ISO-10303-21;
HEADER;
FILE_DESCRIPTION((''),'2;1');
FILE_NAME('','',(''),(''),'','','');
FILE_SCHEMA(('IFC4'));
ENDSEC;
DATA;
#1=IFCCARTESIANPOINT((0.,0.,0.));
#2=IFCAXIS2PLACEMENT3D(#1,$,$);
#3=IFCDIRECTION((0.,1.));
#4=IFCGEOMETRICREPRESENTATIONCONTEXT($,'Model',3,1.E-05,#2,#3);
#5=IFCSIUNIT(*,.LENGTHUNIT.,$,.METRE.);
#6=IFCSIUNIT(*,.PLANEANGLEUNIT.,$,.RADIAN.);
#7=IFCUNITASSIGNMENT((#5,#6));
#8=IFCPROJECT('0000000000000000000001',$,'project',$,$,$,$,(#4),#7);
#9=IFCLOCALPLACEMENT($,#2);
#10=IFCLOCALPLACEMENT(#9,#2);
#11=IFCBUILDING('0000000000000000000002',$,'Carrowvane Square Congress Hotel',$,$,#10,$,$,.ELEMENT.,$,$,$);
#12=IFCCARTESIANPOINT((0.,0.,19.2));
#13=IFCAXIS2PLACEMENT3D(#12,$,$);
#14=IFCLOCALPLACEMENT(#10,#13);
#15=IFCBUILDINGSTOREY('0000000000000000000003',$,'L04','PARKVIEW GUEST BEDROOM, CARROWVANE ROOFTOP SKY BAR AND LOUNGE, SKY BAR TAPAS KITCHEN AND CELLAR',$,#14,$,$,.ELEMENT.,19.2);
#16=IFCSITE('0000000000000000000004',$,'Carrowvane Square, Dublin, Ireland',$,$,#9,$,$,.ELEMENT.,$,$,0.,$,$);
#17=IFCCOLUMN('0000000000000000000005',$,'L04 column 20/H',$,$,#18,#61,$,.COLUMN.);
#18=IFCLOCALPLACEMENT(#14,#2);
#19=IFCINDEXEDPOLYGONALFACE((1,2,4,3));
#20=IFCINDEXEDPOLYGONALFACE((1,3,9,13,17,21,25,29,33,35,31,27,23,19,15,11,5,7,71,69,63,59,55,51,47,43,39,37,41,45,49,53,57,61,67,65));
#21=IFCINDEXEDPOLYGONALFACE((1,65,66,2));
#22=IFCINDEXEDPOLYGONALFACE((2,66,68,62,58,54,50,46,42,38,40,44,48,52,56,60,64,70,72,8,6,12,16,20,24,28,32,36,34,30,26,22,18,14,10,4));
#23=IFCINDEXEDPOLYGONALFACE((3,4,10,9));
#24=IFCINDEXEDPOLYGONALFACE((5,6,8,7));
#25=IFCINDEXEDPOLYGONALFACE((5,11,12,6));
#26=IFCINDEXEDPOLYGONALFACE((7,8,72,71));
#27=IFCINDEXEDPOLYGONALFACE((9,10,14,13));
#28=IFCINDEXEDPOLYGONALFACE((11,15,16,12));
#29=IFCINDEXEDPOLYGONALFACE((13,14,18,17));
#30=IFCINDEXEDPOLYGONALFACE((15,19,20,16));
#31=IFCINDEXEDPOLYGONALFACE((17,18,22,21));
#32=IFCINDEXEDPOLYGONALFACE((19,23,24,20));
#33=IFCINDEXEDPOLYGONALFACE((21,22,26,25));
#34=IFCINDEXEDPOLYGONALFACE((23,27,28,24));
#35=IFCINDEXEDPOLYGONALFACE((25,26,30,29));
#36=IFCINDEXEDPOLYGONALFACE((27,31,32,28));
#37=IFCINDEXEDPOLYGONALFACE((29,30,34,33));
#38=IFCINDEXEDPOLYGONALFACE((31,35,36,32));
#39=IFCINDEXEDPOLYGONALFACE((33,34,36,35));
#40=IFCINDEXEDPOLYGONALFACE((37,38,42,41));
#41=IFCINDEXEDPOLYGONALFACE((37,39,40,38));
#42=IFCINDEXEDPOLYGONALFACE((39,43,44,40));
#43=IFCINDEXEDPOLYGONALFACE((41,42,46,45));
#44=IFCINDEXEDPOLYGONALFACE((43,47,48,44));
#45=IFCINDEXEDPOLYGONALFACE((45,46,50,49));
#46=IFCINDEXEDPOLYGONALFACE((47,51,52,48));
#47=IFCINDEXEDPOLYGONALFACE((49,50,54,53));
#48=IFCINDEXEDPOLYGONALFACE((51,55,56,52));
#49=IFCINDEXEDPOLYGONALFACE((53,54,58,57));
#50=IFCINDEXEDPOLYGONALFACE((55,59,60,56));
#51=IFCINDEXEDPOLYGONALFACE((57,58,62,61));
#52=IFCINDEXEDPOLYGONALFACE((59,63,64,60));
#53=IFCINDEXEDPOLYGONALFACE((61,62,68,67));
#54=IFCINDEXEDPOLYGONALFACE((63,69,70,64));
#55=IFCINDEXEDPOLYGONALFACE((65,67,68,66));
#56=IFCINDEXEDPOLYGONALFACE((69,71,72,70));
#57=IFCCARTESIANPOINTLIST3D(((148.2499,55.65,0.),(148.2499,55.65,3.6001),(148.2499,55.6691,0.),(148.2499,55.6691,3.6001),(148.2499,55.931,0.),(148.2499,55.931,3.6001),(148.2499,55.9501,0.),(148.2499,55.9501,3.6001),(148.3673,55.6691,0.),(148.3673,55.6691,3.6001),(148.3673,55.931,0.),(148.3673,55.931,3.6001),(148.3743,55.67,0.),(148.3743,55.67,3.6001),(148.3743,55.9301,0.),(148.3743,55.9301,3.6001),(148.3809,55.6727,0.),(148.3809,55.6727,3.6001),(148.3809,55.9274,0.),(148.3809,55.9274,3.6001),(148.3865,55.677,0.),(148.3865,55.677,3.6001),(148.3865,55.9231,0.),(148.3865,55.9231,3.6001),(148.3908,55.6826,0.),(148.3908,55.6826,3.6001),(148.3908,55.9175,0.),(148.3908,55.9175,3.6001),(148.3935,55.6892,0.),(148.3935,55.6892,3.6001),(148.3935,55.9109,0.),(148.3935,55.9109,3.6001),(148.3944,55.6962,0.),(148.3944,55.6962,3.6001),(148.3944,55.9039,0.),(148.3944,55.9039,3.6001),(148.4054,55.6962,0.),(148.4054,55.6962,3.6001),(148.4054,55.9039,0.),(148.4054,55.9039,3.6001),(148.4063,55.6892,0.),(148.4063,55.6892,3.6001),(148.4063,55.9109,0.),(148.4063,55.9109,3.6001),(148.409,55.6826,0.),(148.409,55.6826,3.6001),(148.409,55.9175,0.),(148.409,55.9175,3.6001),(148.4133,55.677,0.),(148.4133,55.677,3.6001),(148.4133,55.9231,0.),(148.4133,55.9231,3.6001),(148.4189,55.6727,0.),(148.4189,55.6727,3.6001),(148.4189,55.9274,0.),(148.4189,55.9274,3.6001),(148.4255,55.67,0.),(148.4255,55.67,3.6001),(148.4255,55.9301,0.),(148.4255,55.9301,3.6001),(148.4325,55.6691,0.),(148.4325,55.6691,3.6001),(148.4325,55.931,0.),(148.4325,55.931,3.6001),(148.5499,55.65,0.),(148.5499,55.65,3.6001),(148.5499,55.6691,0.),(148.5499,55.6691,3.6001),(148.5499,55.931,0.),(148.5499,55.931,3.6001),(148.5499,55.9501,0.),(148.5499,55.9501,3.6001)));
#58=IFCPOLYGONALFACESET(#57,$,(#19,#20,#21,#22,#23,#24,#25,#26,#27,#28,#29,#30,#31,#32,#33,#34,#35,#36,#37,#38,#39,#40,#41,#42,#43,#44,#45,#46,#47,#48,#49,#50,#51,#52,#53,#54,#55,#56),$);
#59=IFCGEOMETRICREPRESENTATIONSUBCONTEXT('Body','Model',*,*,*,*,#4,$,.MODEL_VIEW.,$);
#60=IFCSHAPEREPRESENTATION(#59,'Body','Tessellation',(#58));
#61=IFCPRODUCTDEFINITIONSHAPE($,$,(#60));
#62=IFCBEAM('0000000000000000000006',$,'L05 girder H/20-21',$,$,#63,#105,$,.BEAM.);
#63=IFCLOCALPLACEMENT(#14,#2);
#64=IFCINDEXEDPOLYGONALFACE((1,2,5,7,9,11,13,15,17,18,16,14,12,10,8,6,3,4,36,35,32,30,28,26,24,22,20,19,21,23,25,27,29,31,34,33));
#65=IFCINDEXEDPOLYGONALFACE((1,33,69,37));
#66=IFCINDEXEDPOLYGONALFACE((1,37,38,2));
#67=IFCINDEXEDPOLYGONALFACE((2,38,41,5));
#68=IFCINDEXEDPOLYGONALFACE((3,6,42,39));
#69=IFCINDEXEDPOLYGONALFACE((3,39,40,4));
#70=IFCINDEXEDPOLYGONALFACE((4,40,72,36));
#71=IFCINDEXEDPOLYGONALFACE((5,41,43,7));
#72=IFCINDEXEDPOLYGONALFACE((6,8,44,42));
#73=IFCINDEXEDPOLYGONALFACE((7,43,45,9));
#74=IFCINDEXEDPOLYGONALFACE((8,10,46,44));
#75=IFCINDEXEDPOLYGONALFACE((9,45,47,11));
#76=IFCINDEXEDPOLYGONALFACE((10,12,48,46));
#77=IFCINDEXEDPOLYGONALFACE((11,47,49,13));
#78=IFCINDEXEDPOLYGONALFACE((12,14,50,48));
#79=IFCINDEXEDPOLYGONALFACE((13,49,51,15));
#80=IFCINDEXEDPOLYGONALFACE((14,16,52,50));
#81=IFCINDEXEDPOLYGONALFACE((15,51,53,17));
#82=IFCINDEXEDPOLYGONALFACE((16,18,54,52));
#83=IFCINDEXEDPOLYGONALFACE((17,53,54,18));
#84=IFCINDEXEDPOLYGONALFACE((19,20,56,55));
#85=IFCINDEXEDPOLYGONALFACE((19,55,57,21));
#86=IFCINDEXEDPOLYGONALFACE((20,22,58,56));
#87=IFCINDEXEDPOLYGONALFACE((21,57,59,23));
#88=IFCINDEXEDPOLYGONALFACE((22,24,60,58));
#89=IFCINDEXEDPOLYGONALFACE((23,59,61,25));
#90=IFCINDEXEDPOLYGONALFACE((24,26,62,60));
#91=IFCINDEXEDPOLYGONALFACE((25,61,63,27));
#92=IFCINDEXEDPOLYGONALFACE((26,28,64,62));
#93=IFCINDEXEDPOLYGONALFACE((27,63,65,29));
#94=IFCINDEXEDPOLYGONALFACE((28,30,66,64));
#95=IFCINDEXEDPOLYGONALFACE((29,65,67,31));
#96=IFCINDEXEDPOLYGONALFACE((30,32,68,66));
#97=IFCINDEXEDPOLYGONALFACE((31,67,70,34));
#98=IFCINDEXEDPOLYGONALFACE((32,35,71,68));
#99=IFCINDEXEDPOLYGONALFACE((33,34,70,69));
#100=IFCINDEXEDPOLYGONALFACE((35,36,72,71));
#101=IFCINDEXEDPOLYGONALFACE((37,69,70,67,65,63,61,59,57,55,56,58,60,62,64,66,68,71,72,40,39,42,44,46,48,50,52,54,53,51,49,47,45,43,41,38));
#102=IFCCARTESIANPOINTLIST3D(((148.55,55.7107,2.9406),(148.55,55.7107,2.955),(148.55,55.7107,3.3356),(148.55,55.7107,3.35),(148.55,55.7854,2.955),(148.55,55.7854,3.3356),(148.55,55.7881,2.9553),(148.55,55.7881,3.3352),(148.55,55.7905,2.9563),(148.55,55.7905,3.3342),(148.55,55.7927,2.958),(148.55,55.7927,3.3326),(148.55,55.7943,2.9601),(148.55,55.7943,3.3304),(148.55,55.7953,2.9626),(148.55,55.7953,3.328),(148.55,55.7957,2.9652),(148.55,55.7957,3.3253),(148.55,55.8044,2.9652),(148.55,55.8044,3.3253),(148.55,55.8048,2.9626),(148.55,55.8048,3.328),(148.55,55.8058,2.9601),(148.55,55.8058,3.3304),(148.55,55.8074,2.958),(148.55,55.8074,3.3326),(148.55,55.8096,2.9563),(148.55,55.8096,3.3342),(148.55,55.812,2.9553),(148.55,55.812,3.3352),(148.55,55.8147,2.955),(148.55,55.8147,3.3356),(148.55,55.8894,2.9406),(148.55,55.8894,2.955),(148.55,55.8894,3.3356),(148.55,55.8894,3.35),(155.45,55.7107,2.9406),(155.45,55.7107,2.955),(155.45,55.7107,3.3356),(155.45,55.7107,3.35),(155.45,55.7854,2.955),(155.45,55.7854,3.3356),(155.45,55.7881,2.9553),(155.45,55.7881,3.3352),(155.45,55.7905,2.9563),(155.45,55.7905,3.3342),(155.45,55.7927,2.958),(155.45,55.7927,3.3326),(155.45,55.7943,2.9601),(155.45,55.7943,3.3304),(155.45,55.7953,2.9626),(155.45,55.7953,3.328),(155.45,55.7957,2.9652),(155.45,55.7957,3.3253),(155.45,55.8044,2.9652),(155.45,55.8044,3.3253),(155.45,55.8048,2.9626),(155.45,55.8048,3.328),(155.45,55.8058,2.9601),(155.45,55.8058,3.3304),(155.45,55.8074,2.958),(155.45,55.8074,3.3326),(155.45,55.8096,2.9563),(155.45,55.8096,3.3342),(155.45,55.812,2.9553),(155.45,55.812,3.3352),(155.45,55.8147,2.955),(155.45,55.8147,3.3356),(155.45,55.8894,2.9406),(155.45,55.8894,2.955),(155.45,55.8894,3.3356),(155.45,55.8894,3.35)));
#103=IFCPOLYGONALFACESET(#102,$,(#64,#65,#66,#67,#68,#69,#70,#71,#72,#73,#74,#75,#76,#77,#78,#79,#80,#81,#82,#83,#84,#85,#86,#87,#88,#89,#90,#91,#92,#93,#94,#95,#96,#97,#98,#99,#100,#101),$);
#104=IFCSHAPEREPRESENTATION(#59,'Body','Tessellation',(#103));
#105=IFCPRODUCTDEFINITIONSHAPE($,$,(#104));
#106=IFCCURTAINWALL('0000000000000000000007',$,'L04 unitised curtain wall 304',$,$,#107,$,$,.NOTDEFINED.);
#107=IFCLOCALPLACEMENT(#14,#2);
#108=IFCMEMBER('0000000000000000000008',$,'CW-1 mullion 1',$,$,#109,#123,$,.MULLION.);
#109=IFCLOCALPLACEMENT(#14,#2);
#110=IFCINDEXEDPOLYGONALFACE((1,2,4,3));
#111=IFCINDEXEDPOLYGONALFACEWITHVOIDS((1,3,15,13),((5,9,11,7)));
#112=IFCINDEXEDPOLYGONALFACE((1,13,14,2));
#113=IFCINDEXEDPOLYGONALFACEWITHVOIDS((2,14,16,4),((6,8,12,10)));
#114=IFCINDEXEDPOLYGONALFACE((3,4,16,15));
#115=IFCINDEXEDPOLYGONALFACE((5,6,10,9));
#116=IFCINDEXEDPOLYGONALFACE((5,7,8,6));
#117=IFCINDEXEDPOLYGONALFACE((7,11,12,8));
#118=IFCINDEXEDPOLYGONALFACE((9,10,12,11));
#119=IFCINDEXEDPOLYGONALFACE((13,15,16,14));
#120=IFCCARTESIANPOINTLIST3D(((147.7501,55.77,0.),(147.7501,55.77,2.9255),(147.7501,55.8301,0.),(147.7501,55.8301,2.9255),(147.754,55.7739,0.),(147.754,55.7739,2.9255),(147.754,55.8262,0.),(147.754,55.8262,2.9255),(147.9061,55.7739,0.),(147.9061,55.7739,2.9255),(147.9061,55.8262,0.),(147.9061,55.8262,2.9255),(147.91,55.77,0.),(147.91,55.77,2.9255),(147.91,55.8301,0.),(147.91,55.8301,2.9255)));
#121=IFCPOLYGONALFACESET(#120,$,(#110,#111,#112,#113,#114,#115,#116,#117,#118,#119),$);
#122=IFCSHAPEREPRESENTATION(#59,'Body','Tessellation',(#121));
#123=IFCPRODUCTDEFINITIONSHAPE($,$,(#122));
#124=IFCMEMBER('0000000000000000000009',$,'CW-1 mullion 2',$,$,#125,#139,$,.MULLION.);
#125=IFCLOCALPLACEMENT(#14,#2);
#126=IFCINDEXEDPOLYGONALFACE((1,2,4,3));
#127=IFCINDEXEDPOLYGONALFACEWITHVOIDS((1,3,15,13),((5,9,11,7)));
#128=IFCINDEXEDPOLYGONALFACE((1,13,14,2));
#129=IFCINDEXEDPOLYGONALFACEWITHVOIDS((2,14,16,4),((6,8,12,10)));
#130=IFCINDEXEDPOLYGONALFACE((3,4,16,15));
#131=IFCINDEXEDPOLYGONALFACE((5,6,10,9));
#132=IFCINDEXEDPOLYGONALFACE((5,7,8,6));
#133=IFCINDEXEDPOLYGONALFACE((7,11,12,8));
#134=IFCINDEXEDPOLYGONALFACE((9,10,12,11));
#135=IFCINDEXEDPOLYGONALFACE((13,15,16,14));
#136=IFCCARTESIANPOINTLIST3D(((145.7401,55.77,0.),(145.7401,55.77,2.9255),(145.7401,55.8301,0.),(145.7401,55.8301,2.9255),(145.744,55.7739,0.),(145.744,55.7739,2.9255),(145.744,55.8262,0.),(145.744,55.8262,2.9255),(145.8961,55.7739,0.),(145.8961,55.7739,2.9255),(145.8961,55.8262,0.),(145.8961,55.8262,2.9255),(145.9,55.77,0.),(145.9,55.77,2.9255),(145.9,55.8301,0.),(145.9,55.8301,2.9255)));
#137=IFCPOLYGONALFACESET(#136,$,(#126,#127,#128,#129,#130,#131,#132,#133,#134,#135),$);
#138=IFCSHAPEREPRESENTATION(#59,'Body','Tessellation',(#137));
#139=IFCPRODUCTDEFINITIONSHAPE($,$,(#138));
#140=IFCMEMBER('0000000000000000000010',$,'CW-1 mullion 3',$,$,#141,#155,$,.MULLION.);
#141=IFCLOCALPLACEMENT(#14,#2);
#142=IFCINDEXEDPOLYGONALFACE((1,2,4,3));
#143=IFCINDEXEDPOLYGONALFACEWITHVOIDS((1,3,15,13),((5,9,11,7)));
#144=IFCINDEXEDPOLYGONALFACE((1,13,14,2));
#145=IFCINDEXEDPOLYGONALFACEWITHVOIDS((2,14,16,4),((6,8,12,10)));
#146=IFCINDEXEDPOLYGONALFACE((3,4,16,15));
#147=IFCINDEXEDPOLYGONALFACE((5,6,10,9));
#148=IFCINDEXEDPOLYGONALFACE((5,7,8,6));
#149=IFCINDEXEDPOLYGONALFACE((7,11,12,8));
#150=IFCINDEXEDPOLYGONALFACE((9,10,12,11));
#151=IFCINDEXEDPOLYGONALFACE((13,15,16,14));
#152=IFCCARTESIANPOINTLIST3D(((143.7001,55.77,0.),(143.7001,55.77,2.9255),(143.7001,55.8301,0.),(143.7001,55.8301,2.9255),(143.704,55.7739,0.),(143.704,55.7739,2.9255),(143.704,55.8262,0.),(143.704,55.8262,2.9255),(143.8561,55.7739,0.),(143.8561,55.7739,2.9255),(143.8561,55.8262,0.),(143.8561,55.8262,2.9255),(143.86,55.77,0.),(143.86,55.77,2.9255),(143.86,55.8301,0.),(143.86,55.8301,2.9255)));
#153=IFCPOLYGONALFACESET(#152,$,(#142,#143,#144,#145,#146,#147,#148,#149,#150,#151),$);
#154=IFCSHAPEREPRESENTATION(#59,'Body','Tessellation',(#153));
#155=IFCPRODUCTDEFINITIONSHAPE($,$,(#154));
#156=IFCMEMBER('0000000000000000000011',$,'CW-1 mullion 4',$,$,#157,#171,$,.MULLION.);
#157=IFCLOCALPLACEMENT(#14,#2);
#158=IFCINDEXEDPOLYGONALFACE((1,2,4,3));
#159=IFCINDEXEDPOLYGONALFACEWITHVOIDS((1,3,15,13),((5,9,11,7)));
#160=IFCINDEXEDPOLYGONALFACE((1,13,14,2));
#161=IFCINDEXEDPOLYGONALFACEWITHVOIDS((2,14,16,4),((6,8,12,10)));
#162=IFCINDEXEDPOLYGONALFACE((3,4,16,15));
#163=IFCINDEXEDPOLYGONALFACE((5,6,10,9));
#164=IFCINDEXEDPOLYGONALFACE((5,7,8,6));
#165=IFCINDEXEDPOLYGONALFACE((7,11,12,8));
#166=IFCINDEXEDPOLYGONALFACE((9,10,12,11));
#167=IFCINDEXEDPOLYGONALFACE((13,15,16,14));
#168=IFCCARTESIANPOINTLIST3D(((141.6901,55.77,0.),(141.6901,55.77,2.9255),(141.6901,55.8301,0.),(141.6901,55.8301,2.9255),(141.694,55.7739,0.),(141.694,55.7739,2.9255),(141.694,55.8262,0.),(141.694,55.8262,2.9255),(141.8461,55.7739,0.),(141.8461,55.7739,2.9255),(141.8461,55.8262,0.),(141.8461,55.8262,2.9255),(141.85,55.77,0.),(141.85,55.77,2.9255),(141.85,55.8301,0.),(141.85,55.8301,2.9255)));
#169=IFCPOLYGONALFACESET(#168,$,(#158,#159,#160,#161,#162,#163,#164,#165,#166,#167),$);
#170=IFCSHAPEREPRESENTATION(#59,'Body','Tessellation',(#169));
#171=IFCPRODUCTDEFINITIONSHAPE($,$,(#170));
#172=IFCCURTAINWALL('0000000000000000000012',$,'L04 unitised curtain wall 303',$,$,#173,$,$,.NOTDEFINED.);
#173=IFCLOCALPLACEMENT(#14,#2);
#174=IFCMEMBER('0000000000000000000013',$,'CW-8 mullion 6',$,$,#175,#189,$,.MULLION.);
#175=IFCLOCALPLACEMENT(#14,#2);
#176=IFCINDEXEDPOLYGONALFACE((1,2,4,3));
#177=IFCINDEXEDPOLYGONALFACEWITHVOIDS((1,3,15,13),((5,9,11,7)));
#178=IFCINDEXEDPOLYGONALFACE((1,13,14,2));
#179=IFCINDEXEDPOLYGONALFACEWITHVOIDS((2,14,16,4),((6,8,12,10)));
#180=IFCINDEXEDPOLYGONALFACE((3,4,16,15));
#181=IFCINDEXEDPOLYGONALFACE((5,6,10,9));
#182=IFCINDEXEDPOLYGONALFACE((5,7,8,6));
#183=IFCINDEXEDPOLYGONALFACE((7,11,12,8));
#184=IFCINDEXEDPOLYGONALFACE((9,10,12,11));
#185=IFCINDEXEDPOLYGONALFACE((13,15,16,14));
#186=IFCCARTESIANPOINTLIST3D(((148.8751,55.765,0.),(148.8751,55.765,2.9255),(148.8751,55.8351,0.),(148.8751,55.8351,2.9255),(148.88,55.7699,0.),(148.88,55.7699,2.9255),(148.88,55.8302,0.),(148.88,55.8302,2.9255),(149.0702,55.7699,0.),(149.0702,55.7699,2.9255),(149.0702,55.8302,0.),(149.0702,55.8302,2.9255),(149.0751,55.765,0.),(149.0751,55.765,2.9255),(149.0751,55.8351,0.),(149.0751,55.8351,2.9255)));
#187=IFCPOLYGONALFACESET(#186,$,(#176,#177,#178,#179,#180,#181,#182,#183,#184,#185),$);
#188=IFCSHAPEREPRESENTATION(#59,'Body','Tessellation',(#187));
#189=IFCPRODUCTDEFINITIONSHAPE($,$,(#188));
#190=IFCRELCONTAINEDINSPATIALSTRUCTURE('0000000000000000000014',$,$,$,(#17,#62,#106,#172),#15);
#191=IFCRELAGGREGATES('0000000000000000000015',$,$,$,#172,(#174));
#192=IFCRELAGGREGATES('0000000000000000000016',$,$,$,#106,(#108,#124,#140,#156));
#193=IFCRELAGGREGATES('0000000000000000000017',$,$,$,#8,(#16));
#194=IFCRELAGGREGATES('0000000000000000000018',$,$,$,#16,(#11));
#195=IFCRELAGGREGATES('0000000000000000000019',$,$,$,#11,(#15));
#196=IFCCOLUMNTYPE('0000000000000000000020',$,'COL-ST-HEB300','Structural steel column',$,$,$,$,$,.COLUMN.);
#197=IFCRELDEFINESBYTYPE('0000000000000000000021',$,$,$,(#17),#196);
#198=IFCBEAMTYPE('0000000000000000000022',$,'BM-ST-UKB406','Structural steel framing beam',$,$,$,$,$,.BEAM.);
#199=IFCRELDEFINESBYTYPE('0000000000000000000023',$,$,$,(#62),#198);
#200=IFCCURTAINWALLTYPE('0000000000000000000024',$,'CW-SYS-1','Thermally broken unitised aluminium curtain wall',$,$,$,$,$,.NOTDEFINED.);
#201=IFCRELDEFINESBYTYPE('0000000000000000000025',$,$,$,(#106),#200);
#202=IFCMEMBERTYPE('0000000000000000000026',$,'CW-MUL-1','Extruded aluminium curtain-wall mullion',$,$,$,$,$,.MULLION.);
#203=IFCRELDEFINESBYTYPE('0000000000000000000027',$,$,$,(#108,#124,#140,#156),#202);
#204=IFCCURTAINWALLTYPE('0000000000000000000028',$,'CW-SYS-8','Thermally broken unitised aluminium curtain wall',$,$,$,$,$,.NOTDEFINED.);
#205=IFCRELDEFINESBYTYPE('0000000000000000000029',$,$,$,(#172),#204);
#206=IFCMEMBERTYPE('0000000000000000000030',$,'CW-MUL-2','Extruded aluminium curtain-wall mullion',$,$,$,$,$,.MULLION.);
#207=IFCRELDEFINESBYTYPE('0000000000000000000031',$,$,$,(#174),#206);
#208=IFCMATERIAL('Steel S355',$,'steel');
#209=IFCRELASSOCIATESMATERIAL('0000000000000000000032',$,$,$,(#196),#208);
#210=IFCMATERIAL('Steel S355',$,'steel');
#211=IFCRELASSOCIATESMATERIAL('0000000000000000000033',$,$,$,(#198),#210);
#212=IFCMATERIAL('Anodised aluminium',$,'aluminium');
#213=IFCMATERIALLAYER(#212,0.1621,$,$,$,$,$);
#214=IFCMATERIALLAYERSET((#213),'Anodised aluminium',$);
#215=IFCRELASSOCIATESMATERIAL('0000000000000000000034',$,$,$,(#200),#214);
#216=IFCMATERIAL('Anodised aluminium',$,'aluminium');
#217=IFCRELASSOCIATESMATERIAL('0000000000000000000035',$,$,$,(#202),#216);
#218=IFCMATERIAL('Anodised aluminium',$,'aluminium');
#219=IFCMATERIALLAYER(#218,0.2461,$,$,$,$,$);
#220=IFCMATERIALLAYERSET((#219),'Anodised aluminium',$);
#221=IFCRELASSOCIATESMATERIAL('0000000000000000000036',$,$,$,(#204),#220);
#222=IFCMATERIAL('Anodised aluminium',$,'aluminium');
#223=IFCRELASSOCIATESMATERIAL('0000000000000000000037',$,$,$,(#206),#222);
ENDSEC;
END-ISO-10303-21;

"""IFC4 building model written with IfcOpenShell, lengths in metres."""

from ifc_helpers import new_model, si_unit, direction, frame, origin, origin_2d, place, context, subcontext, project, spatial, hollow_rectangle, i_section, extrude, material, layer, layer_set, material_profile, profile_set, type_object, element, aggregate, save


model = new_model("IFC4")

# Units and contexts
model_context = context("Model", 3, precision=1e-05, world=origin(), true_north=direction((0.0, 1.0)))
body_context = subcontext(model_context, "Body", "Model", "MODEL_VIEW")
ifc_project = project(units=[si_unit("LENGTHUNIT", "METRE"), si_unit("PLANEANGLEUNIT", "RADIAN")], contexts=[model_context])

# Site, building, storey
site_placement = place(None, origin())
site = spatial("IfcSite", under=ifc_project, at=site_placement, Name="Carrowvane Square, Dublin, Ireland", CompositionType="ELEMENT", RefElevation=0.0)
building_placement = place(site_placement, origin())
building = spatial("IfcBuilding", under=site, at=building_placement, Name="Carrowvane Square Congress Hotel", CompositionType="ELEMENT")
storey_placement = place(building_placement, frame((0.0, 0.0, 19.2)))
storey = spatial("IfcBuildingStorey", under=building, at=storey_placement, Name="L04", Description="PARKVIEW GUEST BEDROOM, CARROWVANE ROOFTOP SKY BAR AND LOUNGE, SKY BAR TAPAS KITCHEN AND CELLAR", CompositionType="ELEMENT", Elevation=19.2)

# Column
ifc_material_1 = material(Name="Steel S355", Category="steel")
ifc_material_profile_1 = material_profile(ifc_material_1, i_section(OverallWidth=0.3, OverallDepth=0.3, WebThickness=0.011, FlangeThickness=0.019, FilletRadius=0.0271, at=origin_2d()), Name="HEB 300")
ifc_profile_set_1 = profile_set([ifc_material_profile_1], Name="Steel S355")
column_type = type_object("IfcColumnType", Name="COL-ST-HEB300", Description="Structural steel column", PredefinedType="COLUMN", material=ifc_profile_set_1)
column_placement = place(storey_placement, frame((148.3999, 55.8, 0.0), z_axis=(0.0, 0.0, 1.0), x_axis=(1.0, 0.0, 0.0)))
element("IfcColumn", 1, at=column_placement, inside=storey, type_object=column_type, Name="L04 column 20/H", PredefinedType="COLUMN", context=body_context, shape_type="SweptSolid", body=[
    extrude(i_section(OverallWidth=0.3, OverallDepth=0.3, WebThickness=0.011, FlangeThickness=0.019, FilletRadius=0.0271, at=origin_2d()), origin(), (0.0, 0.0, 1.0), 3.6001),
])

# Beam
ifc_material_2 = material(Name="Steel S355", Category="steel")
ifc_material_profile_2 = material_profile(ifc_material_2, i_section(OverallWidth=0.1787, OverallDepth=0.4094, WebThickness=0.0088, FlangeThickness=0.0144, FilletRadius=0.0103, at=origin_2d()), Name="UKB 406x178x67")
ifc_profile_set_2 = profile_set([ifc_material_profile_2], Name="Steel S355")
beam_type = type_object("IfcBeamType", Name="BM-ST-UKB406", Description="Structural steel framing beam", PredefinedType="BEAM", material=ifc_profile_set_2)
beam_placement = place(storey_placement, frame((148.55, 55.8, 3.1453), z_axis=(1.0, 0.0, 0.0), x_axis=(0.0, 1.0, 0.0)))
element("IfcBeam", 2, at=beam_placement, inside=storey, type_object=beam_type, Name="L05 girder H/20-21", PredefinedType="BEAM", context=body_context, shape_type="SweptSolid", body=[
    extrude(i_section(OverallWidth=0.1787, OverallDepth=0.4094, WebThickness=0.0088, FlangeThickness=0.0144, FilletRadius=0.0103, at=origin_2d()), origin(), (0.0, 0.0, 1.0), 6.8999),
])

# Curtain wall, members
ifc_material_3 = material(Name="Anodised aluminium", Category="aluminium")
ifc_layer_1 = layer(ifc_material_3, 0.1621)
ifc_layer_set_1 = layer_set([ifc_layer_1], Name="Anodised aluminium")
curtain_wall_type_1 = type_object("IfcCurtainWallType", Name="CW-SYS-1", Description="Thermally broken unitised aluminium curtain wall", PredefinedType="NOTDEFINED", material=ifc_layer_set_1)
curtain_wall_1_placement = place(storey_placement, origin())
curtain_wall_1 = element("IfcCurtainWall", 3, at=curtain_wall_1_placement, inside=storey, type_object=curtain_wall_type_1, Name="L04 unitised curtain wall 304", PredefinedType="NOTDEFINED")
ifc_material_4 = material(Name="Anodised aluminium", Category="aluminium")
ifc_material_profile_3 = material_profile(ifc_material_4, hollow_rectangle(XDim=0.0601, YDim=0.1599, WallThickness=0.0039, at=origin_2d()), Name="CW-ML 60x160x4")
ifc_profile_set_3 = profile_set([ifc_material_profile_3], Name="Anodised aluminium")
member_type_1 = type_object("IfcMemberType", Name="CW-MUL-1", Description="Extruded aluminium curtain-wall mullion", PredefinedType="MULLION", material=ifc_profile_set_3)
member_1_placement = place(storey_placement, frame((147.8301, 55.8, 0.0), z_axis=(0.0, 0.0, 1.0), x_axis=(0.0, -1.0, 0.0)))
member_1 = element("IfcMember", 4, at=member_1_placement, type_object=member_type_1, Name="CW-1 mullion 1", PredefinedType="MULLION", context=body_context, shape_type="SweptSolid", body=[
    extrude(hollow_rectangle(XDim=0.0601, YDim=0.1599, WallThickness=0.0039, at=origin_2d()), origin(), (0.0, 0.0, 1.0), 2.9255),
])
member_2_placement = place(storey_placement, frame((145.8201, 55.8, 0.0), z_axis=(0.0, 0.0, 1.0), x_axis=(0.0, -1.0, 0.0)))
member_2 = element("IfcMember", 5, at=member_2_placement, type_object=member_type_1, Name="CW-1 mullion 2", PredefinedType="MULLION", context=body_context, shape_type="SweptSolid", body=[
    extrude(hollow_rectangle(XDim=0.0601, YDim=0.1599, WallThickness=0.0039, at=origin_2d()), origin(), (0.0, 0.0, 1.0), 2.9255),
])
member_3_placement = place(storey_placement, frame((143.78, 55.8, 0.0), z_axis=(0.0, 0.0, 1.0), x_axis=(0.0, -1.0, 0.0)))
member_3 = element("IfcMember", 6, at=member_3_placement, type_object=member_type_1, Name="CW-1 mullion 3", PredefinedType="MULLION", context=body_context, shape_type="SweptSolid", body=[
    extrude(hollow_rectangle(XDim=0.0601, YDim=0.1599, WallThickness=0.0039, at=origin_2d()), origin(), (0.0, 0.0, 1.0), 2.9255),
])
member_4_placement = place(storey_placement, frame((141.77, 55.8, 0.0), z_axis=(0.0, 0.0, 1.0), x_axis=(0.0, -1.0, 0.0)))
member_4 = element("IfcMember", 7, at=member_4_placement, type_object=member_type_1, Name="CW-1 mullion 4", PredefinedType="MULLION", context=body_context, shape_type="SweptSolid", body=[
    extrude(hollow_rectangle(XDim=0.0601, YDim=0.1599, WallThickness=0.0039, at=origin_2d()), origin(), (0.0, 0.0, 1.0), 2.9255),
])

# Curtain wall, member
ifc_material_5 = material(Name="Anodised aluminium", Category="aluminium")
ifc_layer_2 = layer(ifc_material_5, 0.2461)
ifc_layer_set_2 = layer_set([ifc_layer_2], Name="Anodised aluminium")
curtain_wall_type_2 = type_object("IfcCurtainWallType", Name="CW-SYS-8", Description="Thermally broken unitised aluminium curtain wall", PredefinedType="NOTDEFINED", material=ifc_layer_set_2)
curtain_wall_2_placement = place(storey_placement, origin())
curtain_wall_2 = element("IfcCurtainWall", 8, at=curtain_wall_2_placement, inside=storey, type_object=curtain_wall_type_2, Name="L04 unitised curtain wall 303", PredefinedType="NOTDEFINED")
ifc_material_6 = material(Name="Anodised aluminium", Category="aluminium")
ifc_material_profile_4 = material_profile(ifc_material_6, hollow_rectangle(XDim=0.0701, YDim=0.2, WallThickness=0.0049, at=origin_2d()), Name="CW-ML 70x200x5")
ifc_profile_set_4 = profile_set([ifc_material_profile_4], Name="Anodised aluminium")
member_type_2 = type_object("IfcMemberType", Name="CW-MUL-2", Description="Extruded aluminium curtain-wall mullion", PredefinedType="MULLION", material=ifc_profile_set_4)
member_5_placement = place(storey_placement, frame((148.9751, 55.8, 0.0), z_axis=(0.0, 0.0, 1.0), x_axis=(0.0, -1.0, 0.0)))
member_5 = element("IfcMember", 9, at=member_5_placement, type_object=member_type_2, Name="CW-8 mullion 6", PredefinedType="MULLION", context=body_context, shape_type="SweptSolid", body=[
    extrude(hollow_rectangle(XDim=0.0701, YDim=0.2, WallThickness=0.0049, at=origin_2d()), origin(), (0.0, 0.0, 1.0), 2.9255),
])

aggregate(curtain_wall_2, [member_5])
aggregate(curtain_wall_1, [member_1, member_2, member_3, member_4])

save(model, "model.ifc")
